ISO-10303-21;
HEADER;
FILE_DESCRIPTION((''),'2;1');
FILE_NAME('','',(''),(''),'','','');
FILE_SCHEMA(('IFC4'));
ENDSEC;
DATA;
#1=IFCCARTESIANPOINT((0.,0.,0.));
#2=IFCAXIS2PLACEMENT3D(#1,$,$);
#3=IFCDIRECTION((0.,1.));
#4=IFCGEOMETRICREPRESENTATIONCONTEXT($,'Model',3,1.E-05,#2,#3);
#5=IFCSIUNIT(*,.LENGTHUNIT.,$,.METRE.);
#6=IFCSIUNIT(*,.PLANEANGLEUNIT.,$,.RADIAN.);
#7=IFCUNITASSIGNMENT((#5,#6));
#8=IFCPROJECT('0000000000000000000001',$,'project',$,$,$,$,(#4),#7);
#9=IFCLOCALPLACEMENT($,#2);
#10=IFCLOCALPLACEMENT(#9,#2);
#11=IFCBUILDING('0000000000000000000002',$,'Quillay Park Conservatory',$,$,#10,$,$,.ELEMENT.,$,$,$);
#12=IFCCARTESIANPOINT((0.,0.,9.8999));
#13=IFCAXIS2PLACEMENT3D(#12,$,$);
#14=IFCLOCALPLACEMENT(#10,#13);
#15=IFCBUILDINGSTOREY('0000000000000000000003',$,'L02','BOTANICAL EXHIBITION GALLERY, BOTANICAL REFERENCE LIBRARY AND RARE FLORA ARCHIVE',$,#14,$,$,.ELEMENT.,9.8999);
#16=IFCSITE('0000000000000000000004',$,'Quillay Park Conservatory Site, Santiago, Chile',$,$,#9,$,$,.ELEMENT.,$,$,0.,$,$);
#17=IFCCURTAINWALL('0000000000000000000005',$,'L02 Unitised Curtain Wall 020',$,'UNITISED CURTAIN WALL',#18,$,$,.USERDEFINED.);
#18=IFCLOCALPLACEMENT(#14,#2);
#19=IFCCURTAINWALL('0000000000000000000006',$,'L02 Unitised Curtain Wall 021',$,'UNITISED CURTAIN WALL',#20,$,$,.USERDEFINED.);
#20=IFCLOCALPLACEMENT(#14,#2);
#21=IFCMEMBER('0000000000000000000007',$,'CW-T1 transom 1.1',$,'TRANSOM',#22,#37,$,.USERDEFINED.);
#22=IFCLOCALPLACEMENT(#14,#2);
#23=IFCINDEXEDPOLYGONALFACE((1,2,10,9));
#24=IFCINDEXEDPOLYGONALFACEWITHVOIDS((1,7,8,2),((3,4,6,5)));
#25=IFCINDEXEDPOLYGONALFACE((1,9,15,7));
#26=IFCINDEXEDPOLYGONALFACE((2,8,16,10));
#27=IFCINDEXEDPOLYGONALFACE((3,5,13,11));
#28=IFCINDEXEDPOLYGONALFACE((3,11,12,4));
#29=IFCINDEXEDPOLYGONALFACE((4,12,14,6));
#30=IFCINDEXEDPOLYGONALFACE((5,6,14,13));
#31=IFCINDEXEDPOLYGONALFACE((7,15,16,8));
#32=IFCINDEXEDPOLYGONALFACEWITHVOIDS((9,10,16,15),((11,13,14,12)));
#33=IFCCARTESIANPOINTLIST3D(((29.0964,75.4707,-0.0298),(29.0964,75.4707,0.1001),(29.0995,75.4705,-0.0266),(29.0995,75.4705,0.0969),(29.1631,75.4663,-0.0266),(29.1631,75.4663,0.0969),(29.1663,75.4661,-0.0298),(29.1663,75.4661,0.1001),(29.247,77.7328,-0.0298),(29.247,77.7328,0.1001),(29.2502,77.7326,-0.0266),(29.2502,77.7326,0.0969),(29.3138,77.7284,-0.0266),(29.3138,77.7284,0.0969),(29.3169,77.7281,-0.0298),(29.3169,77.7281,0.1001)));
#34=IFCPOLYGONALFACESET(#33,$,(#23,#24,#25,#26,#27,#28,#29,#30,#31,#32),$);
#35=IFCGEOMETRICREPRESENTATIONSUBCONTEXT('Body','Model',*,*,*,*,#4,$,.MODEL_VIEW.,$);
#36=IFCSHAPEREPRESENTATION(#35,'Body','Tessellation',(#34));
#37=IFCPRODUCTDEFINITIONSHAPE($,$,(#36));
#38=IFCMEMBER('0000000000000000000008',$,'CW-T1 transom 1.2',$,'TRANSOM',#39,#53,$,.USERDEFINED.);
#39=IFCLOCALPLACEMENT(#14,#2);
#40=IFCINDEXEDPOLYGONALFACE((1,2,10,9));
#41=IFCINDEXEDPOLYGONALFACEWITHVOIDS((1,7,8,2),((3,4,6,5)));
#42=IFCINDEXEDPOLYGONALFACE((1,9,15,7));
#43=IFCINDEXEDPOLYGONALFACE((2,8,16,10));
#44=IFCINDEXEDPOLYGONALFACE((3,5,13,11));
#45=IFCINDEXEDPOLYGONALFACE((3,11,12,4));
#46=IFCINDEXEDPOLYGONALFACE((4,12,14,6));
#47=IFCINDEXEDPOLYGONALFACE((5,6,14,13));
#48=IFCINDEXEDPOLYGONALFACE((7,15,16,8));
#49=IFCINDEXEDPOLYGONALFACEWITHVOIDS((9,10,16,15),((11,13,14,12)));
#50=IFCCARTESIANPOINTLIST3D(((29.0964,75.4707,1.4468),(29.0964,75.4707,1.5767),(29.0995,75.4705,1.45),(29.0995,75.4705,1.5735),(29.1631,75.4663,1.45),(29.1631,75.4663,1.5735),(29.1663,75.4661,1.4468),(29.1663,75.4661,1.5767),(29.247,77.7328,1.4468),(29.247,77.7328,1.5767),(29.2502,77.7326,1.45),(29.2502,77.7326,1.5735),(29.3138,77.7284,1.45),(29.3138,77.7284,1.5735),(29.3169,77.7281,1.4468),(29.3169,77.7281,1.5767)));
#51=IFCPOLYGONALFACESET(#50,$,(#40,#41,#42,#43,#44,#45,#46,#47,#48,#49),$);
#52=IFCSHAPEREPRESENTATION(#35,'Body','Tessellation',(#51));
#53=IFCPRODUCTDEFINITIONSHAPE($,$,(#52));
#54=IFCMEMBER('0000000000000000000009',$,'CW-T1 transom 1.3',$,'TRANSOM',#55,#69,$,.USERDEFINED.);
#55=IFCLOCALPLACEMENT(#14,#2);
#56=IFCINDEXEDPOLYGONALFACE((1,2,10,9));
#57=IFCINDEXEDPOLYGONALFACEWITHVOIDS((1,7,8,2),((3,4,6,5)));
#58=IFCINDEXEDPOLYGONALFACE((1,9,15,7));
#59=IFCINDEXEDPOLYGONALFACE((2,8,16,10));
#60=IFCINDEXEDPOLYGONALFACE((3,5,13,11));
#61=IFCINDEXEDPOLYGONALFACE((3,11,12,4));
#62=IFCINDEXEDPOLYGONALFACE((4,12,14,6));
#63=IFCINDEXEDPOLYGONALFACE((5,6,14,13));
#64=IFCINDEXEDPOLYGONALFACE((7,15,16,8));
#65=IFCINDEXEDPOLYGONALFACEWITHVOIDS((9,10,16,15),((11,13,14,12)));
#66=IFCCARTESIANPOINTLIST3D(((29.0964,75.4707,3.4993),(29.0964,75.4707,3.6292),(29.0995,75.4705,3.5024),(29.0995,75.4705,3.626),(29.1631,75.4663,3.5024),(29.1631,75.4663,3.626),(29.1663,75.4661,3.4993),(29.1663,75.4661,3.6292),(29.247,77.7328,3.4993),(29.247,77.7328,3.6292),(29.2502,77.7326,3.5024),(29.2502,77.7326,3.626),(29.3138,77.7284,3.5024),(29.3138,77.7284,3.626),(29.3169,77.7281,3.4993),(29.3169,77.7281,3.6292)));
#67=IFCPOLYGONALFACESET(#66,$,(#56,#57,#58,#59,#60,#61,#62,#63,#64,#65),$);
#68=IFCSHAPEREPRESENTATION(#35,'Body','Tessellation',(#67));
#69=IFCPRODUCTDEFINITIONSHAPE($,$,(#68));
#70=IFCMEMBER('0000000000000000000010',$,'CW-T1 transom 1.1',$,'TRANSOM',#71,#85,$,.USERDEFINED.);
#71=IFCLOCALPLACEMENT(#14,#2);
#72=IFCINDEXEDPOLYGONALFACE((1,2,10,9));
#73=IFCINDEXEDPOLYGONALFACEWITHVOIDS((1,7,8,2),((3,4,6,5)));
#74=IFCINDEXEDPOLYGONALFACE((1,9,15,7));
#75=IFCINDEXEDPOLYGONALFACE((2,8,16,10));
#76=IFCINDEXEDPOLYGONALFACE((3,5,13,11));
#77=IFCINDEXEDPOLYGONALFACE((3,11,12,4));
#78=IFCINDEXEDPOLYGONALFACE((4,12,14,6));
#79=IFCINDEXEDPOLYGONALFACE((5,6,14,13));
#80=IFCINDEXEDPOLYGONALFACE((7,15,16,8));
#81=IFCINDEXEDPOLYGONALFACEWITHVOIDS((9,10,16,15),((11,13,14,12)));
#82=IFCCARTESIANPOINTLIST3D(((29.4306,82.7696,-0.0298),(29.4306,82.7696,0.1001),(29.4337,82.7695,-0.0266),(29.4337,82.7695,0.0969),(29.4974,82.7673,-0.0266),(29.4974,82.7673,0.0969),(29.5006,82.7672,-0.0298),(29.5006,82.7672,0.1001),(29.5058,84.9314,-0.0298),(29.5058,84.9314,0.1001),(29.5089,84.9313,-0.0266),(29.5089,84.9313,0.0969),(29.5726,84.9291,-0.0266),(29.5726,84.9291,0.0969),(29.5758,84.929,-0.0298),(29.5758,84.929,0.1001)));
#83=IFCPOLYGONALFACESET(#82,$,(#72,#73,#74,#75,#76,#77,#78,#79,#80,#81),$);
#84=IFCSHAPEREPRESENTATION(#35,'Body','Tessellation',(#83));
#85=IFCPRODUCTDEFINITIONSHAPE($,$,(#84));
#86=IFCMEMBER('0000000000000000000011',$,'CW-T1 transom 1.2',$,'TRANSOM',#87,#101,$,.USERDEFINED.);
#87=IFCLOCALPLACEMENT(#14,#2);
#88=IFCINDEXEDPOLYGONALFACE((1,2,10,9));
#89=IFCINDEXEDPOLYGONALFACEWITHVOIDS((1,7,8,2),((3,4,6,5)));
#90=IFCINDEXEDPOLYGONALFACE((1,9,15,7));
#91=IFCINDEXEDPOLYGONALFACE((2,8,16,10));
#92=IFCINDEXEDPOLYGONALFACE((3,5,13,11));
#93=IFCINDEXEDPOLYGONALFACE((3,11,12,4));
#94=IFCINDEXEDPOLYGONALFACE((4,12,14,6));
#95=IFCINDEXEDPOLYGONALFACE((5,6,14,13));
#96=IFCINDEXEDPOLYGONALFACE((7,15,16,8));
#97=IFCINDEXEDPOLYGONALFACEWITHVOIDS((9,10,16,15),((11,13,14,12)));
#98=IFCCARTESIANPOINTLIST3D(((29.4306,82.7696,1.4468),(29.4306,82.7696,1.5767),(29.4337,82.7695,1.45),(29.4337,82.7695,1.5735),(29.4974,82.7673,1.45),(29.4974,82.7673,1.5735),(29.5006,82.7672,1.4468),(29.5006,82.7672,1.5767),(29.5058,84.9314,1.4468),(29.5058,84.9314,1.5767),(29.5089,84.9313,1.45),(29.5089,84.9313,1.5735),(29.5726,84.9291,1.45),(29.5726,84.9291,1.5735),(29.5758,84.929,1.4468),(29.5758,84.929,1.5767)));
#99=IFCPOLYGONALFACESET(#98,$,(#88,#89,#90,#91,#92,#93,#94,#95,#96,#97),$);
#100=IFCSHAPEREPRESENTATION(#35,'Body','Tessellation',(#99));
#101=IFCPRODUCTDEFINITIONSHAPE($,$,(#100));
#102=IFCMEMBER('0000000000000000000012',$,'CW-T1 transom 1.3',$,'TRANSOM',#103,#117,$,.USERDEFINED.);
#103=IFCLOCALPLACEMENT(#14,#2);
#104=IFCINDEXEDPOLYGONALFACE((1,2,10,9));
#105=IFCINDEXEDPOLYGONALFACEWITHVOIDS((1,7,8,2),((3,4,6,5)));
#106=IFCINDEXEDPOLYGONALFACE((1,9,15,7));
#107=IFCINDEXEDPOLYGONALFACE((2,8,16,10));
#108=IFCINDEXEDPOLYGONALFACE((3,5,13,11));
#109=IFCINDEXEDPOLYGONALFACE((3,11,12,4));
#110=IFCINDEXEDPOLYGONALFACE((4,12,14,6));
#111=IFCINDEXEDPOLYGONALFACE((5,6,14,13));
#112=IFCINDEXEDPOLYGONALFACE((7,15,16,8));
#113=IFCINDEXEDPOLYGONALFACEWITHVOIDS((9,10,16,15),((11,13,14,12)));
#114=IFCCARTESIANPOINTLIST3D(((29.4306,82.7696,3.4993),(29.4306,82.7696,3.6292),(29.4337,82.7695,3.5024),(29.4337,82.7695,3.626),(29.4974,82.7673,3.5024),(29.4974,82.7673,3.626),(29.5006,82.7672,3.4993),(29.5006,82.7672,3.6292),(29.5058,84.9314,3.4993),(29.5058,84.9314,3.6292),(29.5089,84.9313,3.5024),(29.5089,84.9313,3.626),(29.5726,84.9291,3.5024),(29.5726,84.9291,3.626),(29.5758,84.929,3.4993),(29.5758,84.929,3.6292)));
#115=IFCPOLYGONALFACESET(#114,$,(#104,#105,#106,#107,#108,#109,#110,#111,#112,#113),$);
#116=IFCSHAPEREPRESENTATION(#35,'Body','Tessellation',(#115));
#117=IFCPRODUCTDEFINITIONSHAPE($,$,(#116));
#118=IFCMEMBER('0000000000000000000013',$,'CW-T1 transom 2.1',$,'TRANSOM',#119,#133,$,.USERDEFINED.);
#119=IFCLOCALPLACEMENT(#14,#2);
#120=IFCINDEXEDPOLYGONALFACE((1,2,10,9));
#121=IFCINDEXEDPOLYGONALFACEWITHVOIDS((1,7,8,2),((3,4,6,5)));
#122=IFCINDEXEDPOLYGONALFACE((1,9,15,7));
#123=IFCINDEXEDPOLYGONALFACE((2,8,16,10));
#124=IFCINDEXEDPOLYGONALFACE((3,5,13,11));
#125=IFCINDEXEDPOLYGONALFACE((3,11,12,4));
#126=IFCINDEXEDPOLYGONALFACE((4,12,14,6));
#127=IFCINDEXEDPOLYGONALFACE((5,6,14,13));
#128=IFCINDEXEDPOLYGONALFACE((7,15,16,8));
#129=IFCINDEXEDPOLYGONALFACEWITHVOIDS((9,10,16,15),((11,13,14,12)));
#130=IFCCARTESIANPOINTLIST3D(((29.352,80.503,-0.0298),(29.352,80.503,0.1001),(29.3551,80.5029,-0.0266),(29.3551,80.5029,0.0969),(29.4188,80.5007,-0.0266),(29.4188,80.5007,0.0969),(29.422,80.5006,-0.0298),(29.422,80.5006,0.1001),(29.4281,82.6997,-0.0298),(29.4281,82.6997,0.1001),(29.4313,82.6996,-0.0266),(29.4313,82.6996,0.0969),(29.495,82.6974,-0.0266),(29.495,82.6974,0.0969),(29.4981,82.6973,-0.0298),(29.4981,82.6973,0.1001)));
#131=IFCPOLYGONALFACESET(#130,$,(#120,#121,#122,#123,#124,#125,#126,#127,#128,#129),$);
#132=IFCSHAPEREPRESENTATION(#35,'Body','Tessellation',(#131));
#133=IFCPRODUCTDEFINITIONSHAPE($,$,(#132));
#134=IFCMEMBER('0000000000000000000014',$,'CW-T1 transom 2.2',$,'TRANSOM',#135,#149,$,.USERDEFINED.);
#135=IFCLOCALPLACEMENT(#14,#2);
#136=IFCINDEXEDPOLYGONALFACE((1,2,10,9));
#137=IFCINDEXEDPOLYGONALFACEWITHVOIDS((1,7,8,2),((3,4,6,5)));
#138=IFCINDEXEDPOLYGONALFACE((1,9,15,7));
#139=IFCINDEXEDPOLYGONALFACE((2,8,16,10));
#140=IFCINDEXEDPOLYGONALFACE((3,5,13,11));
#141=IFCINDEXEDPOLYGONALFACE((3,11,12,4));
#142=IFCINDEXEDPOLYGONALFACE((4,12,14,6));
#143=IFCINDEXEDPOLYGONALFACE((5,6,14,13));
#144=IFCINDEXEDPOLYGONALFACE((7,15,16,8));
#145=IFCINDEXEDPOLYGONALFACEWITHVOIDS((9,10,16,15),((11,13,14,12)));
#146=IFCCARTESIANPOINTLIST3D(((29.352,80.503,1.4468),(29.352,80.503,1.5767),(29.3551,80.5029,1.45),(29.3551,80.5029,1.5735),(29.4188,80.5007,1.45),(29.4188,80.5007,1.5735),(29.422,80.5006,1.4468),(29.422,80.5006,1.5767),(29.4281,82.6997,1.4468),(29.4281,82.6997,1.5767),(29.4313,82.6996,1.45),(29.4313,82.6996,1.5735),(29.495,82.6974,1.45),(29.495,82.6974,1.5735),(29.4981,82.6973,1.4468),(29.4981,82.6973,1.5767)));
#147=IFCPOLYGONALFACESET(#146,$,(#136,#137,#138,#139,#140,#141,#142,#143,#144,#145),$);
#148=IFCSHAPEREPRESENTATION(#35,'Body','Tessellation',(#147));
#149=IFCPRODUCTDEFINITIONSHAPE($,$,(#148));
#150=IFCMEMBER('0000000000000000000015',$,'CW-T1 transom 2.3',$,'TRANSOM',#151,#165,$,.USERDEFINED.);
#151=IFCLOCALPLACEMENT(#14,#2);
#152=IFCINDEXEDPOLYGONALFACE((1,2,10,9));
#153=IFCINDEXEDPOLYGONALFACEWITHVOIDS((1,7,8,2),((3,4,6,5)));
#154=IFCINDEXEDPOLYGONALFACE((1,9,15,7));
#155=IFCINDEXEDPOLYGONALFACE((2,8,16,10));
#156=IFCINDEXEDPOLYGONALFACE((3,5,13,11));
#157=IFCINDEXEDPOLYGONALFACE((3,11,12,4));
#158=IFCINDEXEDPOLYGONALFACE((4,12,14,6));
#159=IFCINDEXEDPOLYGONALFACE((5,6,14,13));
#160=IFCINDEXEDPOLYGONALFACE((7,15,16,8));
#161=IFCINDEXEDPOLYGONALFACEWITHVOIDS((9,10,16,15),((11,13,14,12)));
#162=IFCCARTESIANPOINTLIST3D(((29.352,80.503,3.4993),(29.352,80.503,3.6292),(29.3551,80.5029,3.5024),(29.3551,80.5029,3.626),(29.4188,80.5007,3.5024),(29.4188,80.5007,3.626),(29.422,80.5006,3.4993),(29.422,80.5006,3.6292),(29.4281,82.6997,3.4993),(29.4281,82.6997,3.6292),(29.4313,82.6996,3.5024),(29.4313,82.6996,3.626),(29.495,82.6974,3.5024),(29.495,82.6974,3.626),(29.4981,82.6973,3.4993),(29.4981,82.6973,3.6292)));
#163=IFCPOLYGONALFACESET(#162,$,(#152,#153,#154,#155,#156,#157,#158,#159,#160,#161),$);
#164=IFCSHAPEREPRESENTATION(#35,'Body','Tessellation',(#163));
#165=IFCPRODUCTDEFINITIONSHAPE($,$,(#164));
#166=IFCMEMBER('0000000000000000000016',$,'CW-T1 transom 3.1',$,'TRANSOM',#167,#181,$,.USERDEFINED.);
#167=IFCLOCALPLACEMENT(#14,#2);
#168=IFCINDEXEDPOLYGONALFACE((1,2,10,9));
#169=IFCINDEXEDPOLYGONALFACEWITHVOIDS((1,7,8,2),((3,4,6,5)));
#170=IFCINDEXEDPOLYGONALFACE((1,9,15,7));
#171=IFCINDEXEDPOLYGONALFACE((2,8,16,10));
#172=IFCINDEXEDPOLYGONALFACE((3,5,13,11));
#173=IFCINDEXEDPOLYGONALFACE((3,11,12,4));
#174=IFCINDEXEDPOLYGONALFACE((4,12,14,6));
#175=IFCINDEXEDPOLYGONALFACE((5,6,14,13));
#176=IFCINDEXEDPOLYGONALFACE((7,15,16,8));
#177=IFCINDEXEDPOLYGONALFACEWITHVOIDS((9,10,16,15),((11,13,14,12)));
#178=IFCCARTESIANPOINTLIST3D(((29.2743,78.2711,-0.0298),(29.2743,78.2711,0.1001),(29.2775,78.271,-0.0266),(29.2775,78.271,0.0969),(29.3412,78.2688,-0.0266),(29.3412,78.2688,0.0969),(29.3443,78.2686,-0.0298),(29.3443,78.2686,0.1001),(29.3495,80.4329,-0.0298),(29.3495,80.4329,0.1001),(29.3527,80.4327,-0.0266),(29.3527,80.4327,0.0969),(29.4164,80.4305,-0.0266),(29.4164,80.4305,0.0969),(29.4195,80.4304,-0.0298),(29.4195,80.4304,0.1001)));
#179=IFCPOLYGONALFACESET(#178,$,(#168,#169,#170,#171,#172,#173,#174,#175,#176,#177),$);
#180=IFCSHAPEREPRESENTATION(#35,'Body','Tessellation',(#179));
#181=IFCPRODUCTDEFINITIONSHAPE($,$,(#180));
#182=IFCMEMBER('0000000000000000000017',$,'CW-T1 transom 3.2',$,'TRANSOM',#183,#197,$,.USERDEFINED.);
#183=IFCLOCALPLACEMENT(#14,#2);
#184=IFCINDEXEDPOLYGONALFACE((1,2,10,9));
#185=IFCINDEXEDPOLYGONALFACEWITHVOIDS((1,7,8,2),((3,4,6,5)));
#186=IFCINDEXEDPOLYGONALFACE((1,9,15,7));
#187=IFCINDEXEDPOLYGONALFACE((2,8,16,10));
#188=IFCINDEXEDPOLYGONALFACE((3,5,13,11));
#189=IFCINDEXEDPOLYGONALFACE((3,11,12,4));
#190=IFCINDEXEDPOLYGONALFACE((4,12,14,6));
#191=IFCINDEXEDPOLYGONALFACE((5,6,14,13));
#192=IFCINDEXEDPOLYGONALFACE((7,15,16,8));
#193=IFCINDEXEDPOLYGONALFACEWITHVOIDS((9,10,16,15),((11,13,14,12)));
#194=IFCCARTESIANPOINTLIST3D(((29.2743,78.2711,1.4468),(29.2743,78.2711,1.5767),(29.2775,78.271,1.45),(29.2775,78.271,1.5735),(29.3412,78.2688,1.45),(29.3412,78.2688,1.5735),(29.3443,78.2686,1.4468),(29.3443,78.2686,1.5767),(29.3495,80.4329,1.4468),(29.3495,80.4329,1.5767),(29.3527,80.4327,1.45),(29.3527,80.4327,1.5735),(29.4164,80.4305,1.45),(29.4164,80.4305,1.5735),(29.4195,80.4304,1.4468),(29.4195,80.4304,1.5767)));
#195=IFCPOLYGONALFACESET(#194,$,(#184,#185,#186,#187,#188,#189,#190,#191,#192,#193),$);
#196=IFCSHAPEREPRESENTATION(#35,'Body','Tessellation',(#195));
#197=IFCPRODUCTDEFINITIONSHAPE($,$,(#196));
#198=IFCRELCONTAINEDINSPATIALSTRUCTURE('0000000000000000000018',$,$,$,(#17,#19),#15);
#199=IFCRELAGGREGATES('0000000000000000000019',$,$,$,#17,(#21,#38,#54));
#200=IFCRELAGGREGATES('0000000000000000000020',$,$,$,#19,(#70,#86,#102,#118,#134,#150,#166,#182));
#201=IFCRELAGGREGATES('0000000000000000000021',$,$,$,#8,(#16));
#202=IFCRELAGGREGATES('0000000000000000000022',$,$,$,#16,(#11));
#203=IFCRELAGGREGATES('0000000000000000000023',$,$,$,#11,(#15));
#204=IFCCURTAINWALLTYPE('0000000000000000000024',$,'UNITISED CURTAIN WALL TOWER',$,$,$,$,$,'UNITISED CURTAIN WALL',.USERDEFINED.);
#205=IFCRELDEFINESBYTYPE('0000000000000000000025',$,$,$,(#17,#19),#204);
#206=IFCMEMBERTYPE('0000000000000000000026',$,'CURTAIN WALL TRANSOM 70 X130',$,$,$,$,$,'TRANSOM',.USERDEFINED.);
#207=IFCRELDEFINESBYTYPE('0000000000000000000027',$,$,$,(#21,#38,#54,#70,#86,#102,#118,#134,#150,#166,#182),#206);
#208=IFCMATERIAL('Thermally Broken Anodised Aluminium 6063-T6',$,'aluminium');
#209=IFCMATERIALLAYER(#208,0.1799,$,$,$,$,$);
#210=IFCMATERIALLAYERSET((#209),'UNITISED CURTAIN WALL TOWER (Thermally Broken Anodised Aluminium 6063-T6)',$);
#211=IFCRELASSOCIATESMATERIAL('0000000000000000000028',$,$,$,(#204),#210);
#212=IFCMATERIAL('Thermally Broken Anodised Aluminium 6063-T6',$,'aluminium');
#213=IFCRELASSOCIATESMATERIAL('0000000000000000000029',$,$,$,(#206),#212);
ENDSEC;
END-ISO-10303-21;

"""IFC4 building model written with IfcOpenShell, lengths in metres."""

from ifc_helpers import new_model, si_unit, direction, frame, origin, origin_2d, place, context, subcontext, project, spatial, hollow_rectangle, extrude, material, layer, layer_set, material_profile, profile_set, type_object, element, aggregate, save


model = new_model("IFC4")

# Units and contexts
model_context = context("Model", 3, precision=1e-05, world=origin(), true_north=direction((0.0, 1.0)))
body_context = subcontext(model_context, "Body", "Model", "MODEL_VIEW")
ifc_project = project(units=[si_unit("LENGTHUNIT", "METRE"), si_unit("PLANEANGLEUNIT", "RADIAN")], contexts=[model_context])

# Site, building, storey
site_placement = place(None, origin())
site = spatial("IfcSite", under=ifc_project, at=site_placement, Name="Quillay Park Conservatory Site, Santiago, Chile", CompositionType="ELEMENT", RefElevation=0.0)
building_placement = place(site_placement, origin())
building = spatial("IfcBuilding", under=site, at=building_placement, Name="Quillay Park Conservatory", CompositionType="ELEMENT")
storey_placement = place(building_placement, frame((0.0, 0.0, 9.8999)))
storey = spatial("IfcBuildingStorey", under=building, at=storey_placement, Name="L02", Description="BOTANICAL EXHIBITION GALLERY, BOTANICAL REFERENCE LIBRARY AND RARE FLORA ARCHIVE", CompositionType="ELEMENT", Elevation=9.8999)

# Curtain walls
ifc_material_1 = material(Name="Thermally Broken Anodised Aluminium 6063-T6", Category="aluminium")
ifc_layer_1 = layer(ifc_material_1, 0.1799)
ifc_layer_set_1 = layer_set([ifc_layer_1], Name="UNITISED CURTAIN WALL TOWER (Thermally Broken Anodised Aluminium 6063-T6)")
curtain_wall_type = type_object("IfcCurtainWallType", Name="UNITISED CURTAIN WALL TOWER", ElementType="UNITISED CURTAIN WALL", PredefinedType="USERDEFINED", material=ifc_layer_set_1)
curtain_wall_1_placement = place(storey_placement, origin())
curtain_wall_1 = element("IfcCurtainWall", 1, at=curtain_wall_1_placement, inside=storey, type_object=curtain_wall_type, Name="L02 Unitised Curtain Wall 020", ObjectType="UNITISED CURTAIN WALL", PredefinedType="USERDEFINED")
curtain_wall_2_placement = place(storey_placement, origin())
curtain_wall_2 = element("IfcCurtainWall", 2, at=curtain_wall_2_placement, inside=storey, type_object=curtain_wall_type, Name="L02 Unitised Curtain Wall 021", ObjectType="UNITISED CURTAIN WALL", PredefinedType="USERDEFINED")

# Members
ifc_material_2 = material(Name="Thermally Broken Anodised Aluminium 6063-T6", Category="aluminium")
ifc_material_profile_1 = material_profile(ifc_material_2, hollow_rectangle(XDim=0.0701, YDim=0.1299, WallThickness=0.0032, at=origin_2d()), Name="AL70x130x3.2")
ifc_profile_set_1 = profile_set([ifc_material_profile_1], Name="Thermally Broken Anodised Aluminium 6063-T6")
member_type_1 = type_object("IfcMemberType", Name="CURTAIN WALL TRANSOM 70 X130", ElementType="TRANSOM", PredefinedType="USERDEFINED", material=ifc_profile_set_1)
member_1_placement = place(storey_placement, frame((29.282, 77.7305, 0.0352), z_axis=(-0.066448, -0.99779, 0.0), x_axis=(0.99779, -0.066448, 0.0)))
member_1 = element("IfcMember", 3, at=member_1_placement, type_object=member_type_1, Name="CW-T1 transom 1.1", ObjectType="TRANSOM", PredefinedType="USERDEFINED", context=body_context, shape_type="SweptSolid", body=[
    extrude(hollow_rectangle(XDim=0.0701, YDim=0.1299, WallThickness=0.0032, at=origin_2d()), origin(), (0.0, 0.0, 1.0), 2.2671),
])
member_2_placement = place(storey_placement, frame((29.282, 77.7305, 1.5117), z_axis=(-0.066448, -0.99779, 0.0), x_axis=(0.99779, -0.066448, 0.0)))
member_2 = element("IfcMember", 4, at=member_2_placement, type_object=member_type_1, Name="CW-T1 transom 1.2", ObjectType="TRANSOM", PredefinedType="USERDEFINED", context=body_context, shape_type="SweptSolid", body=[
    extrude(hollow_rectangle(XDim=0.0701, YDim=0.1299, WallThickness=0.0032, at=origin_2d()), origin(), (0.0, 0.0, 1.0), 2.2671),
])
member_3_placement = place(storey_placement, frame((29.282, 77.7305, 3.5642), z_axis=(-0.066448, -0.99779, 0.0), x_axis=(0.99779, -0.066448, 0.0)))
member_3 = element("IfcMember", 5, at=member_3_placement, type_object=member_type_1, Name="CW-T1 transom 1.3", ObjectType="TRANSOM", PredefinedType="USERDEFINED", context=body_context, shape_type="SweptSolid", body=[
    extrude(hollow_rectangle(XDim=0.0701, YDim=0.1299, WallThickness=0.0032, at=origin_2d()), origin(), (0.0, 0.0, 1.0), 2.2671),
])
member_4_placement = place(storey_placement, frame((29.5408, 84.9302, 0.0352), z_axis=(-0.034762, -0.999396, 0.0), x_axis=(0.999396, -0.034762, 0.0)))
member_4 = element("IfcMember", 6, at=member_4_placement, type_object=member_type_1, Name="CW-T1 transom 1.1", ObjectType="TRANSOM", PredefinedType="USERDEFINED", context=body_context, shape_type="SweptSolid", body=[
    extrude(hollow_rectangle(XDim=0.0701, YDim=0.1299, WallThickness=0.0032, at=origin_2d()), origin(), (0.0, 0.0, 1.0), 2.1631),
])
member_5_placement = place(storey_placement, frame((29.5408, 84.9302, 1.5117), z_axis=(-0.034762, -0.999396, 0.0), x_axis=(0.999396, -0.034762, 0.0)))
member_5 = element("IfcMember", 7, at=member_5_placement, type_object=member_type_1, Name="CW-T1 transom 1.2", ObjectType="TRANSOM", PredefinedType="USERDEFINED", context=body_context, shape_type="SweptSolid", body=[
    extrude(hollow_rectangle(XDim=0.0701, YDim=0.1299, WallThickness=0.0032, at=origin_2d()), origin(), (0.0, 0.0, 1.0), 2.1631),
])
member_6_placement = place(storey_placement, frame((29.5408, 84.9302, 3.5642), z_axis=(-0.034762, -0.999396, 0.0), x_axis=(0.999396, -0.034762, 0.0)))
member_6 = element("IfcMember", 8, at=member_6_placement, type_object=member_type_1, Name="CW-T1 transom 1.3", ObjectType="TRANSOM", PredefinedType="USERDEFINED", context=body_context, shape_type="SweptSolid", body=[
    extrude(hollow_rectangle(XDim=0.0701, YDim=0.1299, WallThickness=0.0032, at=origin_2d()), origin(), (0.0, 0.0, 1.0), 2.1631),
])
member_7_placement = place(storey_placement, frame((29.4631, 82.6985, 0.0352), z_axis=(-0.034654, -0.999399, 0.0), x_axis=(0.999399, -0.034654, 0.0)))
member_7 = element("IfcMember", 9, at=member_7_placement, type_object=member_type_1, Name="CW-T1 transom 2.1", ObjectType="TRANSOM", PredefinedType="USERDEFINED", context=body_context, shape_type="SweptSolid", body=[
    extrude(hollow_rectangle(XDim=0.0701, YDim=0.1299, WallThickness=0.0032, at=origin_2d()), origin(), (0.0, 0.0, 1.0), 2.198),
])
member_8_placement = place(storey_placement, frame((29.4631, 82.6985, 1.5117), z_axis=(-0.034654, -0.999399, 0.0), x_axis=(0.999399, -0.034654, 0.0)))
member_8 = element("IfcMember", 10, at=member_8_placement, type_object=member_type_1, Name="CW-T1 transom 2.2", ObjectType="TRANSOM", PredefinedType="USERDEFINED", context=body_context, shape_type="SweptSolid", body=[
    extrude(hollow_rectangle(XDim=0.0701, YDim=0.1299, WallThickness=0.0032, at=origin_2d()), origin(), (0.0, 0.0, 1.0), 2.198),
])
member_9_placement = place(storey_placement, frame((29.4631, 82.6985, 3.5642), z_axis=(-0.034654, -0.999399, 0.0), x_axis=(0.999399, -0.034654, 0.0)))
member_9 = element("IfcMember", 11, at=member_9_placement, type_object=member_type_1, Name="CW-T1 transom 2.3", ObjectType="TRANSOM", PredefinedType="USERDEFINED", context=body_context, shape_type="SweptSolid", body=[
    extrude(hollow_rectangle(XDim=0.0701, YDim=0.1299, WallThickness=0.0032, at=origin_2d()), origin(), (0.0, 0.0, 1.0), 2.198),
])
member_10_placement = place(storey_placement, frame((29.3845, 80.4316, 0.0352), z_axis=(-0.034762, -0.999396, 0.0), x_axis=(0.999396, -0.034762, 0.0)))
member_10 = element("IfcMember", 12, at=member_10_placement, type_object=member_type_1, Name="CW-T1 transom 3.1", ObjectType="TRANSOM", PredefinedType="USERDEFINED", context=body_context, shape_type="SweptSolid", body=[
    extrude(hollow_rectangle(XDim=0.0701, YDim=0.1299, WallThickness=0.0032, at=origin_2d()), origin(), (0.0, 0.0, 1.0), 2.1631),
])
member_11_placement = place(storey_placement, frame((29.3845, 80.4316, 1.5117), z_axis=(-0.034762, -0.999396, 0.0), x_axis=(0.999396, -0.034762, 0.0)))
member_11 = element("IfcMember", 13, at=member_11_placement, type_object=member_type_1, Name="CW-T1 transom 3.2", ObjectType="TRANSOM", PredefinedType="USERDEFINED", context=body_context, shape_type="SweptSolid", body=[
    extrude(hollow_rectangle(XDim=0.0701, YDim=0.1299, WallThickness=0.0032, at=origin_2d()), origin(), (0.0, 0.0, 1.0), 2.1631),
])

aggregate(curtain_wall_1, [member_1, member_2, member_3])
aggregate(curtain_wall_2, [member_4, member_5, member_6, member_7, member_8, member_9, member_10, member_11])

save(model, "model.ifc")
